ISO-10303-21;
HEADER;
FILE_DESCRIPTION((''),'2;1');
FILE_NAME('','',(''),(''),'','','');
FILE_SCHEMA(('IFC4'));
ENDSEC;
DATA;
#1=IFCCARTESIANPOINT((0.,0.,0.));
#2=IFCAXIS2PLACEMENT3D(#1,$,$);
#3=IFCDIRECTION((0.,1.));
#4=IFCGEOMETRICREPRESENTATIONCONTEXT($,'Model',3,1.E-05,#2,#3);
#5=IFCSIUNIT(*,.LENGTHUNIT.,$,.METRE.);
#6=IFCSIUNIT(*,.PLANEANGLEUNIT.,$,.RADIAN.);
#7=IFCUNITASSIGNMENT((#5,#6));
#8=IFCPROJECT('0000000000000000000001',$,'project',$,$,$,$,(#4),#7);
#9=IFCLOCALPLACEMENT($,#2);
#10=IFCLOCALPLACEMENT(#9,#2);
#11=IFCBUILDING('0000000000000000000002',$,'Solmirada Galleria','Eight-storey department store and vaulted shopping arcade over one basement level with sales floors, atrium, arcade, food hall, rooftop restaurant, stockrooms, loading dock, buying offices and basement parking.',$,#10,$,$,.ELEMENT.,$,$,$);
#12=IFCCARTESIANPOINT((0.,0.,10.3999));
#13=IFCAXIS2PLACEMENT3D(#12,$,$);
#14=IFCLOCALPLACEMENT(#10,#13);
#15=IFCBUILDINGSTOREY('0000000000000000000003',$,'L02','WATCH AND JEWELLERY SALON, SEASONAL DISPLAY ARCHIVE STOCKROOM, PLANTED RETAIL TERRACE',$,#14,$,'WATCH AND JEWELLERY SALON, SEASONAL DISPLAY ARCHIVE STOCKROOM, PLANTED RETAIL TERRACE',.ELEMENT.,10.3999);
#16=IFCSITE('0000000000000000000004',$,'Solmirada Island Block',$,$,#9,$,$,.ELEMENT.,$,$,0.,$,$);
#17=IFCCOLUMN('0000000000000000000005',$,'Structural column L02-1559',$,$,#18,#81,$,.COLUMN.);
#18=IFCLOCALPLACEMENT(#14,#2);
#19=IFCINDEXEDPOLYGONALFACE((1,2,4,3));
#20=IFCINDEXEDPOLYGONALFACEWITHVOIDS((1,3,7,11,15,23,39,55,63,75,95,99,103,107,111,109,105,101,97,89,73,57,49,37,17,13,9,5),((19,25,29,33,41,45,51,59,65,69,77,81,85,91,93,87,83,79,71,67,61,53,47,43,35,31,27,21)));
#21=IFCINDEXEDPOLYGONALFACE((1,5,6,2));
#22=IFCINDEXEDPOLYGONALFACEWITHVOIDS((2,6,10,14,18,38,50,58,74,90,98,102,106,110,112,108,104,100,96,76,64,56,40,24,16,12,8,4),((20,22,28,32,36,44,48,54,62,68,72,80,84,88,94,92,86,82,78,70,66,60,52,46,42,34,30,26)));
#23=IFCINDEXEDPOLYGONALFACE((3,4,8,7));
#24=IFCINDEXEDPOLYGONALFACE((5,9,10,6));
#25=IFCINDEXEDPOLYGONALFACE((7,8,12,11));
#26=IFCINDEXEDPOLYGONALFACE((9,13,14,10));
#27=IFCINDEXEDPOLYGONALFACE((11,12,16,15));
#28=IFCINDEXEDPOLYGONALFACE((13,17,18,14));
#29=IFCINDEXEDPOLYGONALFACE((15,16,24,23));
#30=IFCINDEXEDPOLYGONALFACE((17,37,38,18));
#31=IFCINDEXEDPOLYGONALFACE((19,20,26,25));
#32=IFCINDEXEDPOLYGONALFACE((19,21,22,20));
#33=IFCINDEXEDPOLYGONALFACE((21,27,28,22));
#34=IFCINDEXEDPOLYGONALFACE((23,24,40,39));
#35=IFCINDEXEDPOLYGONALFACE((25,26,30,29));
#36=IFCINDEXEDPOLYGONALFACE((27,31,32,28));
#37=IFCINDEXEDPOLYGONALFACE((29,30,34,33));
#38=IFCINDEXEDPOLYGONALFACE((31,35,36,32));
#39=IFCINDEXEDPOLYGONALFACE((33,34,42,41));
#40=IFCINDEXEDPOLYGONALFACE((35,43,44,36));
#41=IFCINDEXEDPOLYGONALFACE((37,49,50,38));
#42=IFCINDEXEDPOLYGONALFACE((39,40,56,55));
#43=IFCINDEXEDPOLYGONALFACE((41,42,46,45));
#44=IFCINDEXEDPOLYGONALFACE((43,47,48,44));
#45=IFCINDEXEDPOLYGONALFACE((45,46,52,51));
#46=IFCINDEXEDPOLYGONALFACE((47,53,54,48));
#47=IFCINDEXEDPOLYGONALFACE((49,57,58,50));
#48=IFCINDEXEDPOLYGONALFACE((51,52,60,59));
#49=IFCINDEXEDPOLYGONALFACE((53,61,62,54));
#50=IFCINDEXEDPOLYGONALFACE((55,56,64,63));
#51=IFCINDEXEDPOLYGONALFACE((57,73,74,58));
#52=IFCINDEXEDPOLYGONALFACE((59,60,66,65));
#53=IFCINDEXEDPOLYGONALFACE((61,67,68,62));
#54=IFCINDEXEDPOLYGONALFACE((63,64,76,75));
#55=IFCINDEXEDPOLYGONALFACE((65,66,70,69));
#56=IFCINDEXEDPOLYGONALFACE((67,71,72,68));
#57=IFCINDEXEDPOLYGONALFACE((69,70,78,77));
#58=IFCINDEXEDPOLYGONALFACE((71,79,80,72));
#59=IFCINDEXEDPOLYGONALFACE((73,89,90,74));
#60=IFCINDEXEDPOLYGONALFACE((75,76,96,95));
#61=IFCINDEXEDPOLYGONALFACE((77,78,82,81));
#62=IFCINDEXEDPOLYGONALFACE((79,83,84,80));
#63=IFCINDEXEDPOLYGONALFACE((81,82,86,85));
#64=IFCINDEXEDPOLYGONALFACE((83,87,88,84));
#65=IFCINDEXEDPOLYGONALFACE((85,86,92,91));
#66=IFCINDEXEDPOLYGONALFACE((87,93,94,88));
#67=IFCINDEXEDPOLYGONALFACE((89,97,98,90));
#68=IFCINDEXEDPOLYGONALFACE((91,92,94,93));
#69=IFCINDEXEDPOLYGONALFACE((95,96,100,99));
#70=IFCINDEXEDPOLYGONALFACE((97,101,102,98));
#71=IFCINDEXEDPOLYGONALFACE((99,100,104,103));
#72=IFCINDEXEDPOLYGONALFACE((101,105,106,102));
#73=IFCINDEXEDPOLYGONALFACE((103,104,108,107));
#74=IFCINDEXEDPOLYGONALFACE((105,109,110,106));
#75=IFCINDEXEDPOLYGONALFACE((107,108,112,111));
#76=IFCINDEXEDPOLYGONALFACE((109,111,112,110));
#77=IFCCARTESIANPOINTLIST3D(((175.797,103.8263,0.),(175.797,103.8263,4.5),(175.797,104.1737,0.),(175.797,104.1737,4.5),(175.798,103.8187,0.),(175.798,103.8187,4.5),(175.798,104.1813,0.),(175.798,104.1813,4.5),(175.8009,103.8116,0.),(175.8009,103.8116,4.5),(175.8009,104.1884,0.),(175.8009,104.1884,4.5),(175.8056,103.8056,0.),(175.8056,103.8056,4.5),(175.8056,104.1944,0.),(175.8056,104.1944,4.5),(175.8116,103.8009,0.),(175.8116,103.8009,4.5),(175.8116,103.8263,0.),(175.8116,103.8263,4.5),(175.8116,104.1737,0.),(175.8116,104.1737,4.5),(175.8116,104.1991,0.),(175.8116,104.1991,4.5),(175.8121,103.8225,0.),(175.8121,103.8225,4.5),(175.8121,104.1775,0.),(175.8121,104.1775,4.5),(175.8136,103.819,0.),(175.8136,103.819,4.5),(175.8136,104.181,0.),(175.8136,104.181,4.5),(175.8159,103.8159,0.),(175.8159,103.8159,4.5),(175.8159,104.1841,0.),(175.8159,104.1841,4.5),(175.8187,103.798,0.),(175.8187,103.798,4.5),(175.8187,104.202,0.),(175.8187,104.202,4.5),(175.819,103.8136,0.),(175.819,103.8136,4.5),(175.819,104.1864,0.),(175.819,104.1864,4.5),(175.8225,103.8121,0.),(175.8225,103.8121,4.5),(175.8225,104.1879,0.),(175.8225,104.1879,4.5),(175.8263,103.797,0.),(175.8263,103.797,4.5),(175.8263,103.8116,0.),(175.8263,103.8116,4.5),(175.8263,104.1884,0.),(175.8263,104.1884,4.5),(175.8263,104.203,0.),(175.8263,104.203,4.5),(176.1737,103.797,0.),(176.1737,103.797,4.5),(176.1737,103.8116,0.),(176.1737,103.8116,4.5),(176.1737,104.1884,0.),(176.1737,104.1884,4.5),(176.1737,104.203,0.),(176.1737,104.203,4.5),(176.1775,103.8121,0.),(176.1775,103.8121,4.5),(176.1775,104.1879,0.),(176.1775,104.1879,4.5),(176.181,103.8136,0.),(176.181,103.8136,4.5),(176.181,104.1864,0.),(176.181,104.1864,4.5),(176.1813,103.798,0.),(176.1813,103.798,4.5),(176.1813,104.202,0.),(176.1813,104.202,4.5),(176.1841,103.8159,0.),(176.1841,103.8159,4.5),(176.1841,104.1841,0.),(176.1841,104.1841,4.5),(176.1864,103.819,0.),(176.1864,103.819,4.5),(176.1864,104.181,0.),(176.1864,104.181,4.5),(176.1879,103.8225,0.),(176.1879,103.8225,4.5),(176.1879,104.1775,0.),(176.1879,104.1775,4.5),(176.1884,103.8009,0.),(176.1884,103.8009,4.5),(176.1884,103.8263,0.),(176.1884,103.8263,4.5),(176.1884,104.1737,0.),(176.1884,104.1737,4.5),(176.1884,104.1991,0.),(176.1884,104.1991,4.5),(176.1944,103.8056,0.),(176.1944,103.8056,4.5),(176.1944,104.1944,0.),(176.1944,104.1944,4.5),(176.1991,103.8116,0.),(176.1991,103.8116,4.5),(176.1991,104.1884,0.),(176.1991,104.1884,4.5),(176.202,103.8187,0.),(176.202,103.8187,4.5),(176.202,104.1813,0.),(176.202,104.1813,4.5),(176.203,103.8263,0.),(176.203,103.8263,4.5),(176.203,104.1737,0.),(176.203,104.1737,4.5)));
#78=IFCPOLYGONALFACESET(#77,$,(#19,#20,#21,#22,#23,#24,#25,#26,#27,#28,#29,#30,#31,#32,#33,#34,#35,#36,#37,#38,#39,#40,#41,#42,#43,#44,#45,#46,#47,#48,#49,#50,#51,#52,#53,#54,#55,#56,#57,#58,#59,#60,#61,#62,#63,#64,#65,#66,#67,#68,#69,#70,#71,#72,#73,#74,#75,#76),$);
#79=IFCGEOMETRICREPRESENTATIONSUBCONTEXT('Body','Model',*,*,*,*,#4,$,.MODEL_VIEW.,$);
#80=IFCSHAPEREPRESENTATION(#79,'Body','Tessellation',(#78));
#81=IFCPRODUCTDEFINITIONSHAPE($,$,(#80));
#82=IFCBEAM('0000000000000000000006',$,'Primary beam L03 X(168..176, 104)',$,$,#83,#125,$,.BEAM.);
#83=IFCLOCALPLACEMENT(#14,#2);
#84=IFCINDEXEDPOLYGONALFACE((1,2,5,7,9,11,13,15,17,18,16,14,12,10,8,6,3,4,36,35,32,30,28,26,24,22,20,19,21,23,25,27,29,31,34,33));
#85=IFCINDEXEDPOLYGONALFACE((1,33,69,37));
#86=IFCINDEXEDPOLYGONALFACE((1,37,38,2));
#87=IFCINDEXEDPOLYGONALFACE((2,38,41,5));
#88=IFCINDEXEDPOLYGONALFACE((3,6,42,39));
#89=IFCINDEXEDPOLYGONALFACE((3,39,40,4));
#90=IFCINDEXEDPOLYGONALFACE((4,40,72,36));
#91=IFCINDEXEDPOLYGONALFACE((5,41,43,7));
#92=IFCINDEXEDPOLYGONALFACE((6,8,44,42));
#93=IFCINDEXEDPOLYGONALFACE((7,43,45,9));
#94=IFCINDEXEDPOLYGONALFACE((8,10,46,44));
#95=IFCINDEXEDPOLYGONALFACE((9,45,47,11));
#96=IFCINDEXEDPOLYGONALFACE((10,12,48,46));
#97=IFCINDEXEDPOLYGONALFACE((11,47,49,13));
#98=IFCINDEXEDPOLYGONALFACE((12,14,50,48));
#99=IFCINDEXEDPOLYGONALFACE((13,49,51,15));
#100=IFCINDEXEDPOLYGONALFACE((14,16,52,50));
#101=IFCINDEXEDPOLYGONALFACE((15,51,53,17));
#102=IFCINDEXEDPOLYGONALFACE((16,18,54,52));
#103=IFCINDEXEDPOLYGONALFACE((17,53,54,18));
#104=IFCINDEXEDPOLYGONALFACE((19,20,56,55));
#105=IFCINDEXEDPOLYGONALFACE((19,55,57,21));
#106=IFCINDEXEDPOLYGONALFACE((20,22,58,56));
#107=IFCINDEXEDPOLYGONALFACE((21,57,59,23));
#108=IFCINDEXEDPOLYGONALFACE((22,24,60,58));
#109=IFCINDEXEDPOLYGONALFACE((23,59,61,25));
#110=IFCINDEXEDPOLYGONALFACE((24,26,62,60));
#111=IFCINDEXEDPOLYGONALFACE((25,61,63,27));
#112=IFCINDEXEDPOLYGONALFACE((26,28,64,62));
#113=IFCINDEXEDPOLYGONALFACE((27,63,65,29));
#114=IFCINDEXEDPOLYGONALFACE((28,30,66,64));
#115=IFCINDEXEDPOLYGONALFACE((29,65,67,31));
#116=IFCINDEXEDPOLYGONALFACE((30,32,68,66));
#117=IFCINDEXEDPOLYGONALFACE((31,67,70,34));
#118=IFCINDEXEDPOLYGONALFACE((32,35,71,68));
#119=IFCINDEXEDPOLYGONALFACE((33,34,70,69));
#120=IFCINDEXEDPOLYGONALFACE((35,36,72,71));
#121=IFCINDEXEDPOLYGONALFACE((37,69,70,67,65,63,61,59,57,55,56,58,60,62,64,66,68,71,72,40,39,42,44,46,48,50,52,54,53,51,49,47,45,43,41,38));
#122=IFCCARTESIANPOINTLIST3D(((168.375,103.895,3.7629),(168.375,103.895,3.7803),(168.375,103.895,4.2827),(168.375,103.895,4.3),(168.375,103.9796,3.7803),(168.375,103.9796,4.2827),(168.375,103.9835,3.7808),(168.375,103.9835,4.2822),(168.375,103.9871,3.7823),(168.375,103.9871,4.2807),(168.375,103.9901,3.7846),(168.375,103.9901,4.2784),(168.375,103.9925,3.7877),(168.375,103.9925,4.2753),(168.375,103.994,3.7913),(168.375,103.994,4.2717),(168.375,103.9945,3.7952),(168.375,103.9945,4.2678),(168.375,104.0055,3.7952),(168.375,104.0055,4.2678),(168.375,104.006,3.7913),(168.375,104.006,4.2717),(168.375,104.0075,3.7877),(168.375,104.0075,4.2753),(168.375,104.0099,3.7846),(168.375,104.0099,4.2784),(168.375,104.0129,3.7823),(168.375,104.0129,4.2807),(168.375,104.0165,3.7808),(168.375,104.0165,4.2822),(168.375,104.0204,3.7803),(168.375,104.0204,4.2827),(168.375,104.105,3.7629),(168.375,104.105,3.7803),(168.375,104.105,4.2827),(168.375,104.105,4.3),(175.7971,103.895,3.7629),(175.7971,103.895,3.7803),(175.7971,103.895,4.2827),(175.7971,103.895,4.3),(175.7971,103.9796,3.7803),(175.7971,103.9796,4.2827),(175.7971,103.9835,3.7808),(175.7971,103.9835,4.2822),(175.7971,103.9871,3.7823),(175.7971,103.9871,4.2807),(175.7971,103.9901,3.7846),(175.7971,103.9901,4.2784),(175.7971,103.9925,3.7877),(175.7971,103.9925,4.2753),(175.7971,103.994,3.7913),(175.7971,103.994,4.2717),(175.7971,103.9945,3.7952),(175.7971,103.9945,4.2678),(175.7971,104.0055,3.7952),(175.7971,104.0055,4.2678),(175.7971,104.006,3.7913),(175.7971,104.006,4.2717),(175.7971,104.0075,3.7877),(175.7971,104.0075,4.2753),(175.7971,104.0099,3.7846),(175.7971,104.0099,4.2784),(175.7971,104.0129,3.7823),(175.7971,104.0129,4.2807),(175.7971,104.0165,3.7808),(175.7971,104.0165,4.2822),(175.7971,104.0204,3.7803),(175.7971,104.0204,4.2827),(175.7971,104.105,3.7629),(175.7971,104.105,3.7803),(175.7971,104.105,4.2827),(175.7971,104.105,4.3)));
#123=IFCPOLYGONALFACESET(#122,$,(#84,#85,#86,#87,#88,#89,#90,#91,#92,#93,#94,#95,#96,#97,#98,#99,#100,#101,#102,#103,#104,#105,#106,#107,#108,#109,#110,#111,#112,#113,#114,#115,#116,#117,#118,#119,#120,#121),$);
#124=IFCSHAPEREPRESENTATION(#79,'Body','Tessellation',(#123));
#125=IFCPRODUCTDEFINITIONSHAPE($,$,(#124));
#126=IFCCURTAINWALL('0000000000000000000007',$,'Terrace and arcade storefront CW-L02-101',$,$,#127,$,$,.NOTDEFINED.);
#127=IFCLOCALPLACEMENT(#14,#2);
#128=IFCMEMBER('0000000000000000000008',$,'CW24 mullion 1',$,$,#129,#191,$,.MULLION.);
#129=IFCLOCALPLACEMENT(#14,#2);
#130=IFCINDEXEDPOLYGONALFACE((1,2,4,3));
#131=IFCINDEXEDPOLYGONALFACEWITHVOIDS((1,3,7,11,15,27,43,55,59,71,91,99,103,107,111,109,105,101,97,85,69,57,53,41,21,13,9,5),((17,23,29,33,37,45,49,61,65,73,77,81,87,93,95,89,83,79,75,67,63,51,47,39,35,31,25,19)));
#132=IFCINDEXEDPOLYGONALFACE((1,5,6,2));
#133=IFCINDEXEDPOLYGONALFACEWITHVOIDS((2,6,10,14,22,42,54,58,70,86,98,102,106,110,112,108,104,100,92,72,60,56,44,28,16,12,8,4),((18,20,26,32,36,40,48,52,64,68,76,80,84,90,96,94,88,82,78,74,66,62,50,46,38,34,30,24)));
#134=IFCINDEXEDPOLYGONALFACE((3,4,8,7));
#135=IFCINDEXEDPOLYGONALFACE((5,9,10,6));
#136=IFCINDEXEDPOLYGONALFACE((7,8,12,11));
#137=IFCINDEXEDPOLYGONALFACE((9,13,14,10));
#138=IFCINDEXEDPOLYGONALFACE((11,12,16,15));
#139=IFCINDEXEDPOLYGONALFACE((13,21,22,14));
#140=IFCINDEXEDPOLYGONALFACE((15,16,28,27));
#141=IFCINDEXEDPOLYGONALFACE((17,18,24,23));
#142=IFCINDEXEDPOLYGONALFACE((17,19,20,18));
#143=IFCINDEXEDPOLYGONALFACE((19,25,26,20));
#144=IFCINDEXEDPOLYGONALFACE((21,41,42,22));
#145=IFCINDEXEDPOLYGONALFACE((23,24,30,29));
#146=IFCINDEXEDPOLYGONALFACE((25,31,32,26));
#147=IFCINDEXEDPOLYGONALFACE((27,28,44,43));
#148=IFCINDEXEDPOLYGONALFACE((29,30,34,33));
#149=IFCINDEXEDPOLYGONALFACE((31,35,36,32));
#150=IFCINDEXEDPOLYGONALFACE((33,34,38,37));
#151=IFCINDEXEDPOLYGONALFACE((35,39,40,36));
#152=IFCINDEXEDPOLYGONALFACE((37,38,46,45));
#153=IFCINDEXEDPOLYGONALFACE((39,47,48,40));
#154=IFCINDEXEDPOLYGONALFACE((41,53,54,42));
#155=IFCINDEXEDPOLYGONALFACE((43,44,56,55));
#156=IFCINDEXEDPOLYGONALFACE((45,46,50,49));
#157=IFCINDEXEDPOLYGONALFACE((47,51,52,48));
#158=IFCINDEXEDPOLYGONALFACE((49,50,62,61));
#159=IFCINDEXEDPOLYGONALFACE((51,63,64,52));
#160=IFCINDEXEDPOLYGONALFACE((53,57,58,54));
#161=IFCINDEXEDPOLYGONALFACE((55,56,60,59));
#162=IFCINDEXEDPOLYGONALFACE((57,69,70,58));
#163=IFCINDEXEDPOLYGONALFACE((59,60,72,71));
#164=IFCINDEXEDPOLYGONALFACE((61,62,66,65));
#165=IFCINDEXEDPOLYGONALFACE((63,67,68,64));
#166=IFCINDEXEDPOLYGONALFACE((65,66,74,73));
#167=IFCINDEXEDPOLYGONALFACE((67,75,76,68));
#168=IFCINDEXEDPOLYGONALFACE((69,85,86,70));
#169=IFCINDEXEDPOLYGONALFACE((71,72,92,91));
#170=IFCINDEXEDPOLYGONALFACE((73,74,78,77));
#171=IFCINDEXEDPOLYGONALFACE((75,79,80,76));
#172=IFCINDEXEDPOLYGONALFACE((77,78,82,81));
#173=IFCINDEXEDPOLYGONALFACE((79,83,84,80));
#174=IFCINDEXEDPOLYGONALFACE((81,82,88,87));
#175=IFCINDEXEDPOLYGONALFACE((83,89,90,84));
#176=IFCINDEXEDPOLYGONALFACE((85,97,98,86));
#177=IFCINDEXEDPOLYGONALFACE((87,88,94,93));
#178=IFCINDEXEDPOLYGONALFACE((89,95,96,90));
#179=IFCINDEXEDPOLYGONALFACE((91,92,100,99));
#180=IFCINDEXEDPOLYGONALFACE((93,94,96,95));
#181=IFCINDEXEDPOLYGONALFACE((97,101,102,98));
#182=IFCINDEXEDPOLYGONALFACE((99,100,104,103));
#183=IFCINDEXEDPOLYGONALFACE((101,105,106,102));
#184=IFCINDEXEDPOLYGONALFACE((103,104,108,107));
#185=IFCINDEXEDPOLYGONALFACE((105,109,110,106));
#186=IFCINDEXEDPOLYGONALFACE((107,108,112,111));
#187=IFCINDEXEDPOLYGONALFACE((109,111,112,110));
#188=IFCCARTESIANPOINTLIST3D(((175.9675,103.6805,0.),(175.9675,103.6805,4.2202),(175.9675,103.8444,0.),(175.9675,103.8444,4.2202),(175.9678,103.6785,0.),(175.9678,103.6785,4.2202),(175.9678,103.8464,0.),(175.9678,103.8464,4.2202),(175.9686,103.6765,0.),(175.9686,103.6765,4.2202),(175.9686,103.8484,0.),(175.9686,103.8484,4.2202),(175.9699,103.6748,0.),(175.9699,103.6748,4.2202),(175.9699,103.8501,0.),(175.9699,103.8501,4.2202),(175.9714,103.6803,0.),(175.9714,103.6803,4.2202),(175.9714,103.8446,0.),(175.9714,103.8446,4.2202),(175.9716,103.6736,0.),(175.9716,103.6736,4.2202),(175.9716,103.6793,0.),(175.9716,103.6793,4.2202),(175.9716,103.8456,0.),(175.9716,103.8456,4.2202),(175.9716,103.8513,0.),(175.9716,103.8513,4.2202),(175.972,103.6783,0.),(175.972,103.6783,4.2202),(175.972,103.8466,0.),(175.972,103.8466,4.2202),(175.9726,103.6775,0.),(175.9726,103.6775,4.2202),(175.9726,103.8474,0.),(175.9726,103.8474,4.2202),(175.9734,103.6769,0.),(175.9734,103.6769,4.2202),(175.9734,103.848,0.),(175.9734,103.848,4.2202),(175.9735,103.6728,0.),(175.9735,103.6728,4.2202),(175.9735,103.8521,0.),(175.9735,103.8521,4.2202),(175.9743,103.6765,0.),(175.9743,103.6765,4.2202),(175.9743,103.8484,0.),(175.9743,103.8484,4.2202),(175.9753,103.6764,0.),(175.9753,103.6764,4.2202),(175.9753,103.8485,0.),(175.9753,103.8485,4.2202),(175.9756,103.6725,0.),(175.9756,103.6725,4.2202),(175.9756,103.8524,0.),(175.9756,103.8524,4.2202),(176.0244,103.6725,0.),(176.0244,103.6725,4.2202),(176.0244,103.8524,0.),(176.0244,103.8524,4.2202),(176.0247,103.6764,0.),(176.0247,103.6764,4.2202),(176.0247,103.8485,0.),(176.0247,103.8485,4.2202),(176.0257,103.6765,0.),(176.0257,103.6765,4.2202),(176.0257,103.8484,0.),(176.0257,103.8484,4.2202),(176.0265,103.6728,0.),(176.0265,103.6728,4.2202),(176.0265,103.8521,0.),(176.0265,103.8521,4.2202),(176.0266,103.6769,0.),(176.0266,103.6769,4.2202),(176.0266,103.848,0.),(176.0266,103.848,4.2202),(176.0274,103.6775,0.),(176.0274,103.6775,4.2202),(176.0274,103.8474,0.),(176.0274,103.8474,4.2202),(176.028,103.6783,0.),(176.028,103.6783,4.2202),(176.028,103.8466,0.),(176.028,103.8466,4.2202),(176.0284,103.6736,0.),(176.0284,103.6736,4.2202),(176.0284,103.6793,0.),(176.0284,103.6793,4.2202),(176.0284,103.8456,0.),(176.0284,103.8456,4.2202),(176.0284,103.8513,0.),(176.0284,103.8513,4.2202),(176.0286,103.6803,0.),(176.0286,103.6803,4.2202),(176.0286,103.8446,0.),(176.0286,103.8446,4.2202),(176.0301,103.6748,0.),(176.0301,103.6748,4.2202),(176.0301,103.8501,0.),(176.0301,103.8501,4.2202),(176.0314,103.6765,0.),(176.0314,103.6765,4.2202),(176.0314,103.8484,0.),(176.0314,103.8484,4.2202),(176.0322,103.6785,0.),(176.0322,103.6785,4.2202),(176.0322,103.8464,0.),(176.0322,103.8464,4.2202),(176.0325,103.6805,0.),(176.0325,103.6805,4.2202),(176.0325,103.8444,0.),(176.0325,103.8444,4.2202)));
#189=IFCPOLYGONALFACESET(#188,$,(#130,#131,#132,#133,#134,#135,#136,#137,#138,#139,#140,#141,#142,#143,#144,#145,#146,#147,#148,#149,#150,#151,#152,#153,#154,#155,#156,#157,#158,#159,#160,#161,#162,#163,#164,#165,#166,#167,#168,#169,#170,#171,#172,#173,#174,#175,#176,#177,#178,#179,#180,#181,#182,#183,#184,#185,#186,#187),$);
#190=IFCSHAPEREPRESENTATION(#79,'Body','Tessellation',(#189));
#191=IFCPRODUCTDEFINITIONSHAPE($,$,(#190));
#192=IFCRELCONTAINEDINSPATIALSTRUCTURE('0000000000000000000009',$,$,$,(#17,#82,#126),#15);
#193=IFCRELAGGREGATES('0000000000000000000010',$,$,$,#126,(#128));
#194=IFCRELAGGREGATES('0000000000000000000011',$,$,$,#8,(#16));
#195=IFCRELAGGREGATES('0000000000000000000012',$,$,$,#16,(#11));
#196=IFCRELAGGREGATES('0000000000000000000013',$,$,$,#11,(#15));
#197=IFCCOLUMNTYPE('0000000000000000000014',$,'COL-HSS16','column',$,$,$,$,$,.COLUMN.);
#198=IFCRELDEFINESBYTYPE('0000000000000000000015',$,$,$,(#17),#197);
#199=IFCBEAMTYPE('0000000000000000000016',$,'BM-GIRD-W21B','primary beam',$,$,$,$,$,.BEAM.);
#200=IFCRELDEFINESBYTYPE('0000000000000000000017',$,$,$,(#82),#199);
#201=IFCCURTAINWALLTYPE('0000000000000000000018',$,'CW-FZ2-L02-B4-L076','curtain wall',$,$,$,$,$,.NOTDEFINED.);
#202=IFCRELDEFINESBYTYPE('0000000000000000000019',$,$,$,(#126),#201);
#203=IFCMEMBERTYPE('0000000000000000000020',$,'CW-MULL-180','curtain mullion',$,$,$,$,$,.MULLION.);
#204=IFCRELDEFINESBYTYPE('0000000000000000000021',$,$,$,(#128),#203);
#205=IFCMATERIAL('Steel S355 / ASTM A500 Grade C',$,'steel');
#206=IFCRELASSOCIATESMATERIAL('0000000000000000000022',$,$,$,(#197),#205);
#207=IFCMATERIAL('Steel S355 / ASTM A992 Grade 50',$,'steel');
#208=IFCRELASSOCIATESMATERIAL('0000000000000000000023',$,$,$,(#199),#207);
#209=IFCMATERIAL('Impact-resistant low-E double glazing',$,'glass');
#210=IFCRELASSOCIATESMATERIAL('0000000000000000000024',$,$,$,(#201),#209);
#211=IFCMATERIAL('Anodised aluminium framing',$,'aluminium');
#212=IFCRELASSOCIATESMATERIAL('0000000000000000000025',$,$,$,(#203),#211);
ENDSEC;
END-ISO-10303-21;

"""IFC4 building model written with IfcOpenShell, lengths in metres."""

from ifc_helpers import new_model, si_unit, direction, frame, origin, origin_2d, place, context, subcontext, project, spatial, hollow_rectangle, i_section, extrude, material, material_profile, profile_set, type_object, element, aggregate, save


model = new_model("IFC4")

# Units and contexts
model_context = context("Model", 3, precision=1e-05, world=origin(), true_north=direction((0.0, 1.0)))
body_context = subcontext(model_context, "Body", "Model", "MODEL_VIEW")
ifc_project = project(units=[si_unit("LENGTHUNIT", "METRE"), si_unit("PLANEANGLEUNIT", "RADIAN")], contexts=[model_context])

# Site, building, storey
site_placement = place(None, origin())
site = spatial("IfcSite", under=ifc_project, at=site_placement, Name="Solmirada Island Block", CompositionType="ELEMENT", RefElevation=0.0)
building_placement = place(site_placement, origin())
building = spatial("IfcBuilding", under=site, at=building_placement, Name="Solmirada Galleria", Description="Eight-storey department store and vaulted shopping arcade over one basement level with sales floors, atrium, arcade, food hall, rooftop restaurant, stockrooms, loading dock, buying offices and basement parking.", CompositionType="ELEMENT")
storey_placement = place(building_placement, frame((0.0, 0.0, 10.3999)))
storey = spatial("IfcBuildingStorey", under=building, at=storey_placement, Name="L02", Description="WATCH AND JEWELLERY SALON, SEASONAL DISPLAY ARCHIVE STOCKROOM, PLANTED RETAIL TERRACE", LongName="WATCH AND JEWELLERY SALON, SEASONAL DISPLAY ARCHIVE STOCKROOM, PLANTED RETAIL TERRACE", CompositionType="ELEMENT", Elevation=10.3999)

# Column
ifc_material_1 = material(Name="Steel S355 / ASTM A500 Grade C", Category="steel")
ifc_material_profile_1 = material_profile(ifc_material_1, hollow_rectangle(XDim=0.406, YDim=0.406, WallThickness=0.0146, InnerFilletRadius=0.0146, OuterFilletRadius=0.0293, at=origin_2d()), Name="HSS16X16X5/8")
ifc_profile_set_1 = profile_set([ifc_material_profile_1], Name="Steel S355 / ASTM A500 Grade C")
column_type = type_object("IfcColumnType", Name="COL-HSS16", Description="column", PredefinedType="COLUMN", material=ifc_profile_set_1)
column_placement = place(storey_placement, frame((176.0, 104.0, 0.0), z_axis=(0.0, 0.0, 1.0), x_axis=(1.0, 0.0, 0.0)))
element("IfcColumn", 1, at=column_placement, inside=storey, type_object=column_type, Name="Structural column L02-1559", PredefinedType="COLUMN", context=body_context, shape_type="SweptSolid", body=[
    extrude(hollow_rectangle(XDim=0.406, YDim=0.406, WallThickness=0.0146, InnerFilletRadius=0.0146, OuterFilletRadius=0.0293, at=origin_2d()), origin(), (0.0, 0.0, 1.0), 4.5),
])

# Beam
ifc_material_2 = material(Name="Steel S355 / ASTM A992 Grade 50", Category="steel")
ifc_material_profile_2 = material_profile(ifc_material_2, i_section(OverallWidth=0.21, OverallDepth=0.5371, WebThickness=0.011, FlangeThickness=0.0173, FilletRadius=0.0149, at=origin_2d()), Name="W21X68")
ifc_profile_set_2 = profile_set([ifc_material_profile_2], Name="Steel S355 / ASTM A992 Grade 50")
beam_type = type_object("IfcBeamType", Name="BM-GIRD-W21B", Description="primary beam", PredefinedType="BEAM", material=ifc_profile_set_2)
beam_placement = place(storey_placement, frame((168.375, 104.0, 4.0315), z_axis=(1.0, 0.0, 0.0), x_axis=(0.0, 1.0, 0.0)))
element("IfcBeam", 2, at=beam_placement, inside=storey, type_object=beam_type, Name="Primary beam L03 X(168..176, 104)", PredefinedType="BEAM", context=body_context, shape_type="SweptSolid", body=[
    extrude(i_section(OverallWidth=0.21, OverallDepth=0.5371, WebThickness=0.011, FlangeThickness=0.0173, FilletRadius=0.0149, at=origin_2d()), origin(), (0.0, 0.0, 1.0), 7.4221),
])

# Curtain wall, member
ifc_material_3 = material(Name="Impact-resistant low-E double glazing", Category="glass")
curtain_wall_type = type_object("IfcCurtainWallType", Name="CW-FZ2-L02-B4-L076", Description="curtain wall", PredefinedType="NOTDEFINED", material=ifc_material_3)
curtain_wall_placement = place(storey_placement, origin())
curtain_wall = element("IfcCurtainWall", 3, at=curtain_wall_placement, inside=storey, type_object=curtain_wall_type, Name="Terrace and arcade storefront CW-L02-101", PredefinedType="NOTDEFINED")
ifc_material_4 = material(Name="Anodised aluminium framing", Category="aluminium")
ifc_material_profile_3 = material_profile(ifc_material_4, hollow_rectangle(XDim=0.0649, YDim=0.1799, WallThickness=0.0039, InnerFilletRadius=0.0039, OuterFilletRadius=0.0081, at=origin_2d()), Name="ALU-MULL-180X65")
ifc_profile_set_3 = profile_set([ifc_material_profile_3], Name="Anodised aluminium framing")
member_type_1 = type_object("IfcMemberType", Name="CW-MULL-180", Description="curtain mullion", PredefinedType="MULLION", material=ifc_profile_set_3)
member_1_placement = place(storey_placement, frame((176.0, 103.7625, 0.0), z_axis=(0.0, 0.0, 1.0), x_axis=(1.0, 0.0, 0.0)))
member_1 = element("IfcMember", 4, at=member_1_placement, type_object=member_type_1, Name="CW24 mullion 1", PredefinedType="MULLION", context=body_context, shape_type="SweptSolid", body=[
    extrude(hollow_rectangle(XDim=0.0649, YDim=0.1799, WallThickness=0.0039, InnerFilletRadius=0.0039, OuterFilletRadius=0.0081, at=origin_2d()), origin(), (0.0, 0.0, 1.0), 4.2202),
])
aggregate(curtain_wall, [member_1])

save(model, "model.ifc")
